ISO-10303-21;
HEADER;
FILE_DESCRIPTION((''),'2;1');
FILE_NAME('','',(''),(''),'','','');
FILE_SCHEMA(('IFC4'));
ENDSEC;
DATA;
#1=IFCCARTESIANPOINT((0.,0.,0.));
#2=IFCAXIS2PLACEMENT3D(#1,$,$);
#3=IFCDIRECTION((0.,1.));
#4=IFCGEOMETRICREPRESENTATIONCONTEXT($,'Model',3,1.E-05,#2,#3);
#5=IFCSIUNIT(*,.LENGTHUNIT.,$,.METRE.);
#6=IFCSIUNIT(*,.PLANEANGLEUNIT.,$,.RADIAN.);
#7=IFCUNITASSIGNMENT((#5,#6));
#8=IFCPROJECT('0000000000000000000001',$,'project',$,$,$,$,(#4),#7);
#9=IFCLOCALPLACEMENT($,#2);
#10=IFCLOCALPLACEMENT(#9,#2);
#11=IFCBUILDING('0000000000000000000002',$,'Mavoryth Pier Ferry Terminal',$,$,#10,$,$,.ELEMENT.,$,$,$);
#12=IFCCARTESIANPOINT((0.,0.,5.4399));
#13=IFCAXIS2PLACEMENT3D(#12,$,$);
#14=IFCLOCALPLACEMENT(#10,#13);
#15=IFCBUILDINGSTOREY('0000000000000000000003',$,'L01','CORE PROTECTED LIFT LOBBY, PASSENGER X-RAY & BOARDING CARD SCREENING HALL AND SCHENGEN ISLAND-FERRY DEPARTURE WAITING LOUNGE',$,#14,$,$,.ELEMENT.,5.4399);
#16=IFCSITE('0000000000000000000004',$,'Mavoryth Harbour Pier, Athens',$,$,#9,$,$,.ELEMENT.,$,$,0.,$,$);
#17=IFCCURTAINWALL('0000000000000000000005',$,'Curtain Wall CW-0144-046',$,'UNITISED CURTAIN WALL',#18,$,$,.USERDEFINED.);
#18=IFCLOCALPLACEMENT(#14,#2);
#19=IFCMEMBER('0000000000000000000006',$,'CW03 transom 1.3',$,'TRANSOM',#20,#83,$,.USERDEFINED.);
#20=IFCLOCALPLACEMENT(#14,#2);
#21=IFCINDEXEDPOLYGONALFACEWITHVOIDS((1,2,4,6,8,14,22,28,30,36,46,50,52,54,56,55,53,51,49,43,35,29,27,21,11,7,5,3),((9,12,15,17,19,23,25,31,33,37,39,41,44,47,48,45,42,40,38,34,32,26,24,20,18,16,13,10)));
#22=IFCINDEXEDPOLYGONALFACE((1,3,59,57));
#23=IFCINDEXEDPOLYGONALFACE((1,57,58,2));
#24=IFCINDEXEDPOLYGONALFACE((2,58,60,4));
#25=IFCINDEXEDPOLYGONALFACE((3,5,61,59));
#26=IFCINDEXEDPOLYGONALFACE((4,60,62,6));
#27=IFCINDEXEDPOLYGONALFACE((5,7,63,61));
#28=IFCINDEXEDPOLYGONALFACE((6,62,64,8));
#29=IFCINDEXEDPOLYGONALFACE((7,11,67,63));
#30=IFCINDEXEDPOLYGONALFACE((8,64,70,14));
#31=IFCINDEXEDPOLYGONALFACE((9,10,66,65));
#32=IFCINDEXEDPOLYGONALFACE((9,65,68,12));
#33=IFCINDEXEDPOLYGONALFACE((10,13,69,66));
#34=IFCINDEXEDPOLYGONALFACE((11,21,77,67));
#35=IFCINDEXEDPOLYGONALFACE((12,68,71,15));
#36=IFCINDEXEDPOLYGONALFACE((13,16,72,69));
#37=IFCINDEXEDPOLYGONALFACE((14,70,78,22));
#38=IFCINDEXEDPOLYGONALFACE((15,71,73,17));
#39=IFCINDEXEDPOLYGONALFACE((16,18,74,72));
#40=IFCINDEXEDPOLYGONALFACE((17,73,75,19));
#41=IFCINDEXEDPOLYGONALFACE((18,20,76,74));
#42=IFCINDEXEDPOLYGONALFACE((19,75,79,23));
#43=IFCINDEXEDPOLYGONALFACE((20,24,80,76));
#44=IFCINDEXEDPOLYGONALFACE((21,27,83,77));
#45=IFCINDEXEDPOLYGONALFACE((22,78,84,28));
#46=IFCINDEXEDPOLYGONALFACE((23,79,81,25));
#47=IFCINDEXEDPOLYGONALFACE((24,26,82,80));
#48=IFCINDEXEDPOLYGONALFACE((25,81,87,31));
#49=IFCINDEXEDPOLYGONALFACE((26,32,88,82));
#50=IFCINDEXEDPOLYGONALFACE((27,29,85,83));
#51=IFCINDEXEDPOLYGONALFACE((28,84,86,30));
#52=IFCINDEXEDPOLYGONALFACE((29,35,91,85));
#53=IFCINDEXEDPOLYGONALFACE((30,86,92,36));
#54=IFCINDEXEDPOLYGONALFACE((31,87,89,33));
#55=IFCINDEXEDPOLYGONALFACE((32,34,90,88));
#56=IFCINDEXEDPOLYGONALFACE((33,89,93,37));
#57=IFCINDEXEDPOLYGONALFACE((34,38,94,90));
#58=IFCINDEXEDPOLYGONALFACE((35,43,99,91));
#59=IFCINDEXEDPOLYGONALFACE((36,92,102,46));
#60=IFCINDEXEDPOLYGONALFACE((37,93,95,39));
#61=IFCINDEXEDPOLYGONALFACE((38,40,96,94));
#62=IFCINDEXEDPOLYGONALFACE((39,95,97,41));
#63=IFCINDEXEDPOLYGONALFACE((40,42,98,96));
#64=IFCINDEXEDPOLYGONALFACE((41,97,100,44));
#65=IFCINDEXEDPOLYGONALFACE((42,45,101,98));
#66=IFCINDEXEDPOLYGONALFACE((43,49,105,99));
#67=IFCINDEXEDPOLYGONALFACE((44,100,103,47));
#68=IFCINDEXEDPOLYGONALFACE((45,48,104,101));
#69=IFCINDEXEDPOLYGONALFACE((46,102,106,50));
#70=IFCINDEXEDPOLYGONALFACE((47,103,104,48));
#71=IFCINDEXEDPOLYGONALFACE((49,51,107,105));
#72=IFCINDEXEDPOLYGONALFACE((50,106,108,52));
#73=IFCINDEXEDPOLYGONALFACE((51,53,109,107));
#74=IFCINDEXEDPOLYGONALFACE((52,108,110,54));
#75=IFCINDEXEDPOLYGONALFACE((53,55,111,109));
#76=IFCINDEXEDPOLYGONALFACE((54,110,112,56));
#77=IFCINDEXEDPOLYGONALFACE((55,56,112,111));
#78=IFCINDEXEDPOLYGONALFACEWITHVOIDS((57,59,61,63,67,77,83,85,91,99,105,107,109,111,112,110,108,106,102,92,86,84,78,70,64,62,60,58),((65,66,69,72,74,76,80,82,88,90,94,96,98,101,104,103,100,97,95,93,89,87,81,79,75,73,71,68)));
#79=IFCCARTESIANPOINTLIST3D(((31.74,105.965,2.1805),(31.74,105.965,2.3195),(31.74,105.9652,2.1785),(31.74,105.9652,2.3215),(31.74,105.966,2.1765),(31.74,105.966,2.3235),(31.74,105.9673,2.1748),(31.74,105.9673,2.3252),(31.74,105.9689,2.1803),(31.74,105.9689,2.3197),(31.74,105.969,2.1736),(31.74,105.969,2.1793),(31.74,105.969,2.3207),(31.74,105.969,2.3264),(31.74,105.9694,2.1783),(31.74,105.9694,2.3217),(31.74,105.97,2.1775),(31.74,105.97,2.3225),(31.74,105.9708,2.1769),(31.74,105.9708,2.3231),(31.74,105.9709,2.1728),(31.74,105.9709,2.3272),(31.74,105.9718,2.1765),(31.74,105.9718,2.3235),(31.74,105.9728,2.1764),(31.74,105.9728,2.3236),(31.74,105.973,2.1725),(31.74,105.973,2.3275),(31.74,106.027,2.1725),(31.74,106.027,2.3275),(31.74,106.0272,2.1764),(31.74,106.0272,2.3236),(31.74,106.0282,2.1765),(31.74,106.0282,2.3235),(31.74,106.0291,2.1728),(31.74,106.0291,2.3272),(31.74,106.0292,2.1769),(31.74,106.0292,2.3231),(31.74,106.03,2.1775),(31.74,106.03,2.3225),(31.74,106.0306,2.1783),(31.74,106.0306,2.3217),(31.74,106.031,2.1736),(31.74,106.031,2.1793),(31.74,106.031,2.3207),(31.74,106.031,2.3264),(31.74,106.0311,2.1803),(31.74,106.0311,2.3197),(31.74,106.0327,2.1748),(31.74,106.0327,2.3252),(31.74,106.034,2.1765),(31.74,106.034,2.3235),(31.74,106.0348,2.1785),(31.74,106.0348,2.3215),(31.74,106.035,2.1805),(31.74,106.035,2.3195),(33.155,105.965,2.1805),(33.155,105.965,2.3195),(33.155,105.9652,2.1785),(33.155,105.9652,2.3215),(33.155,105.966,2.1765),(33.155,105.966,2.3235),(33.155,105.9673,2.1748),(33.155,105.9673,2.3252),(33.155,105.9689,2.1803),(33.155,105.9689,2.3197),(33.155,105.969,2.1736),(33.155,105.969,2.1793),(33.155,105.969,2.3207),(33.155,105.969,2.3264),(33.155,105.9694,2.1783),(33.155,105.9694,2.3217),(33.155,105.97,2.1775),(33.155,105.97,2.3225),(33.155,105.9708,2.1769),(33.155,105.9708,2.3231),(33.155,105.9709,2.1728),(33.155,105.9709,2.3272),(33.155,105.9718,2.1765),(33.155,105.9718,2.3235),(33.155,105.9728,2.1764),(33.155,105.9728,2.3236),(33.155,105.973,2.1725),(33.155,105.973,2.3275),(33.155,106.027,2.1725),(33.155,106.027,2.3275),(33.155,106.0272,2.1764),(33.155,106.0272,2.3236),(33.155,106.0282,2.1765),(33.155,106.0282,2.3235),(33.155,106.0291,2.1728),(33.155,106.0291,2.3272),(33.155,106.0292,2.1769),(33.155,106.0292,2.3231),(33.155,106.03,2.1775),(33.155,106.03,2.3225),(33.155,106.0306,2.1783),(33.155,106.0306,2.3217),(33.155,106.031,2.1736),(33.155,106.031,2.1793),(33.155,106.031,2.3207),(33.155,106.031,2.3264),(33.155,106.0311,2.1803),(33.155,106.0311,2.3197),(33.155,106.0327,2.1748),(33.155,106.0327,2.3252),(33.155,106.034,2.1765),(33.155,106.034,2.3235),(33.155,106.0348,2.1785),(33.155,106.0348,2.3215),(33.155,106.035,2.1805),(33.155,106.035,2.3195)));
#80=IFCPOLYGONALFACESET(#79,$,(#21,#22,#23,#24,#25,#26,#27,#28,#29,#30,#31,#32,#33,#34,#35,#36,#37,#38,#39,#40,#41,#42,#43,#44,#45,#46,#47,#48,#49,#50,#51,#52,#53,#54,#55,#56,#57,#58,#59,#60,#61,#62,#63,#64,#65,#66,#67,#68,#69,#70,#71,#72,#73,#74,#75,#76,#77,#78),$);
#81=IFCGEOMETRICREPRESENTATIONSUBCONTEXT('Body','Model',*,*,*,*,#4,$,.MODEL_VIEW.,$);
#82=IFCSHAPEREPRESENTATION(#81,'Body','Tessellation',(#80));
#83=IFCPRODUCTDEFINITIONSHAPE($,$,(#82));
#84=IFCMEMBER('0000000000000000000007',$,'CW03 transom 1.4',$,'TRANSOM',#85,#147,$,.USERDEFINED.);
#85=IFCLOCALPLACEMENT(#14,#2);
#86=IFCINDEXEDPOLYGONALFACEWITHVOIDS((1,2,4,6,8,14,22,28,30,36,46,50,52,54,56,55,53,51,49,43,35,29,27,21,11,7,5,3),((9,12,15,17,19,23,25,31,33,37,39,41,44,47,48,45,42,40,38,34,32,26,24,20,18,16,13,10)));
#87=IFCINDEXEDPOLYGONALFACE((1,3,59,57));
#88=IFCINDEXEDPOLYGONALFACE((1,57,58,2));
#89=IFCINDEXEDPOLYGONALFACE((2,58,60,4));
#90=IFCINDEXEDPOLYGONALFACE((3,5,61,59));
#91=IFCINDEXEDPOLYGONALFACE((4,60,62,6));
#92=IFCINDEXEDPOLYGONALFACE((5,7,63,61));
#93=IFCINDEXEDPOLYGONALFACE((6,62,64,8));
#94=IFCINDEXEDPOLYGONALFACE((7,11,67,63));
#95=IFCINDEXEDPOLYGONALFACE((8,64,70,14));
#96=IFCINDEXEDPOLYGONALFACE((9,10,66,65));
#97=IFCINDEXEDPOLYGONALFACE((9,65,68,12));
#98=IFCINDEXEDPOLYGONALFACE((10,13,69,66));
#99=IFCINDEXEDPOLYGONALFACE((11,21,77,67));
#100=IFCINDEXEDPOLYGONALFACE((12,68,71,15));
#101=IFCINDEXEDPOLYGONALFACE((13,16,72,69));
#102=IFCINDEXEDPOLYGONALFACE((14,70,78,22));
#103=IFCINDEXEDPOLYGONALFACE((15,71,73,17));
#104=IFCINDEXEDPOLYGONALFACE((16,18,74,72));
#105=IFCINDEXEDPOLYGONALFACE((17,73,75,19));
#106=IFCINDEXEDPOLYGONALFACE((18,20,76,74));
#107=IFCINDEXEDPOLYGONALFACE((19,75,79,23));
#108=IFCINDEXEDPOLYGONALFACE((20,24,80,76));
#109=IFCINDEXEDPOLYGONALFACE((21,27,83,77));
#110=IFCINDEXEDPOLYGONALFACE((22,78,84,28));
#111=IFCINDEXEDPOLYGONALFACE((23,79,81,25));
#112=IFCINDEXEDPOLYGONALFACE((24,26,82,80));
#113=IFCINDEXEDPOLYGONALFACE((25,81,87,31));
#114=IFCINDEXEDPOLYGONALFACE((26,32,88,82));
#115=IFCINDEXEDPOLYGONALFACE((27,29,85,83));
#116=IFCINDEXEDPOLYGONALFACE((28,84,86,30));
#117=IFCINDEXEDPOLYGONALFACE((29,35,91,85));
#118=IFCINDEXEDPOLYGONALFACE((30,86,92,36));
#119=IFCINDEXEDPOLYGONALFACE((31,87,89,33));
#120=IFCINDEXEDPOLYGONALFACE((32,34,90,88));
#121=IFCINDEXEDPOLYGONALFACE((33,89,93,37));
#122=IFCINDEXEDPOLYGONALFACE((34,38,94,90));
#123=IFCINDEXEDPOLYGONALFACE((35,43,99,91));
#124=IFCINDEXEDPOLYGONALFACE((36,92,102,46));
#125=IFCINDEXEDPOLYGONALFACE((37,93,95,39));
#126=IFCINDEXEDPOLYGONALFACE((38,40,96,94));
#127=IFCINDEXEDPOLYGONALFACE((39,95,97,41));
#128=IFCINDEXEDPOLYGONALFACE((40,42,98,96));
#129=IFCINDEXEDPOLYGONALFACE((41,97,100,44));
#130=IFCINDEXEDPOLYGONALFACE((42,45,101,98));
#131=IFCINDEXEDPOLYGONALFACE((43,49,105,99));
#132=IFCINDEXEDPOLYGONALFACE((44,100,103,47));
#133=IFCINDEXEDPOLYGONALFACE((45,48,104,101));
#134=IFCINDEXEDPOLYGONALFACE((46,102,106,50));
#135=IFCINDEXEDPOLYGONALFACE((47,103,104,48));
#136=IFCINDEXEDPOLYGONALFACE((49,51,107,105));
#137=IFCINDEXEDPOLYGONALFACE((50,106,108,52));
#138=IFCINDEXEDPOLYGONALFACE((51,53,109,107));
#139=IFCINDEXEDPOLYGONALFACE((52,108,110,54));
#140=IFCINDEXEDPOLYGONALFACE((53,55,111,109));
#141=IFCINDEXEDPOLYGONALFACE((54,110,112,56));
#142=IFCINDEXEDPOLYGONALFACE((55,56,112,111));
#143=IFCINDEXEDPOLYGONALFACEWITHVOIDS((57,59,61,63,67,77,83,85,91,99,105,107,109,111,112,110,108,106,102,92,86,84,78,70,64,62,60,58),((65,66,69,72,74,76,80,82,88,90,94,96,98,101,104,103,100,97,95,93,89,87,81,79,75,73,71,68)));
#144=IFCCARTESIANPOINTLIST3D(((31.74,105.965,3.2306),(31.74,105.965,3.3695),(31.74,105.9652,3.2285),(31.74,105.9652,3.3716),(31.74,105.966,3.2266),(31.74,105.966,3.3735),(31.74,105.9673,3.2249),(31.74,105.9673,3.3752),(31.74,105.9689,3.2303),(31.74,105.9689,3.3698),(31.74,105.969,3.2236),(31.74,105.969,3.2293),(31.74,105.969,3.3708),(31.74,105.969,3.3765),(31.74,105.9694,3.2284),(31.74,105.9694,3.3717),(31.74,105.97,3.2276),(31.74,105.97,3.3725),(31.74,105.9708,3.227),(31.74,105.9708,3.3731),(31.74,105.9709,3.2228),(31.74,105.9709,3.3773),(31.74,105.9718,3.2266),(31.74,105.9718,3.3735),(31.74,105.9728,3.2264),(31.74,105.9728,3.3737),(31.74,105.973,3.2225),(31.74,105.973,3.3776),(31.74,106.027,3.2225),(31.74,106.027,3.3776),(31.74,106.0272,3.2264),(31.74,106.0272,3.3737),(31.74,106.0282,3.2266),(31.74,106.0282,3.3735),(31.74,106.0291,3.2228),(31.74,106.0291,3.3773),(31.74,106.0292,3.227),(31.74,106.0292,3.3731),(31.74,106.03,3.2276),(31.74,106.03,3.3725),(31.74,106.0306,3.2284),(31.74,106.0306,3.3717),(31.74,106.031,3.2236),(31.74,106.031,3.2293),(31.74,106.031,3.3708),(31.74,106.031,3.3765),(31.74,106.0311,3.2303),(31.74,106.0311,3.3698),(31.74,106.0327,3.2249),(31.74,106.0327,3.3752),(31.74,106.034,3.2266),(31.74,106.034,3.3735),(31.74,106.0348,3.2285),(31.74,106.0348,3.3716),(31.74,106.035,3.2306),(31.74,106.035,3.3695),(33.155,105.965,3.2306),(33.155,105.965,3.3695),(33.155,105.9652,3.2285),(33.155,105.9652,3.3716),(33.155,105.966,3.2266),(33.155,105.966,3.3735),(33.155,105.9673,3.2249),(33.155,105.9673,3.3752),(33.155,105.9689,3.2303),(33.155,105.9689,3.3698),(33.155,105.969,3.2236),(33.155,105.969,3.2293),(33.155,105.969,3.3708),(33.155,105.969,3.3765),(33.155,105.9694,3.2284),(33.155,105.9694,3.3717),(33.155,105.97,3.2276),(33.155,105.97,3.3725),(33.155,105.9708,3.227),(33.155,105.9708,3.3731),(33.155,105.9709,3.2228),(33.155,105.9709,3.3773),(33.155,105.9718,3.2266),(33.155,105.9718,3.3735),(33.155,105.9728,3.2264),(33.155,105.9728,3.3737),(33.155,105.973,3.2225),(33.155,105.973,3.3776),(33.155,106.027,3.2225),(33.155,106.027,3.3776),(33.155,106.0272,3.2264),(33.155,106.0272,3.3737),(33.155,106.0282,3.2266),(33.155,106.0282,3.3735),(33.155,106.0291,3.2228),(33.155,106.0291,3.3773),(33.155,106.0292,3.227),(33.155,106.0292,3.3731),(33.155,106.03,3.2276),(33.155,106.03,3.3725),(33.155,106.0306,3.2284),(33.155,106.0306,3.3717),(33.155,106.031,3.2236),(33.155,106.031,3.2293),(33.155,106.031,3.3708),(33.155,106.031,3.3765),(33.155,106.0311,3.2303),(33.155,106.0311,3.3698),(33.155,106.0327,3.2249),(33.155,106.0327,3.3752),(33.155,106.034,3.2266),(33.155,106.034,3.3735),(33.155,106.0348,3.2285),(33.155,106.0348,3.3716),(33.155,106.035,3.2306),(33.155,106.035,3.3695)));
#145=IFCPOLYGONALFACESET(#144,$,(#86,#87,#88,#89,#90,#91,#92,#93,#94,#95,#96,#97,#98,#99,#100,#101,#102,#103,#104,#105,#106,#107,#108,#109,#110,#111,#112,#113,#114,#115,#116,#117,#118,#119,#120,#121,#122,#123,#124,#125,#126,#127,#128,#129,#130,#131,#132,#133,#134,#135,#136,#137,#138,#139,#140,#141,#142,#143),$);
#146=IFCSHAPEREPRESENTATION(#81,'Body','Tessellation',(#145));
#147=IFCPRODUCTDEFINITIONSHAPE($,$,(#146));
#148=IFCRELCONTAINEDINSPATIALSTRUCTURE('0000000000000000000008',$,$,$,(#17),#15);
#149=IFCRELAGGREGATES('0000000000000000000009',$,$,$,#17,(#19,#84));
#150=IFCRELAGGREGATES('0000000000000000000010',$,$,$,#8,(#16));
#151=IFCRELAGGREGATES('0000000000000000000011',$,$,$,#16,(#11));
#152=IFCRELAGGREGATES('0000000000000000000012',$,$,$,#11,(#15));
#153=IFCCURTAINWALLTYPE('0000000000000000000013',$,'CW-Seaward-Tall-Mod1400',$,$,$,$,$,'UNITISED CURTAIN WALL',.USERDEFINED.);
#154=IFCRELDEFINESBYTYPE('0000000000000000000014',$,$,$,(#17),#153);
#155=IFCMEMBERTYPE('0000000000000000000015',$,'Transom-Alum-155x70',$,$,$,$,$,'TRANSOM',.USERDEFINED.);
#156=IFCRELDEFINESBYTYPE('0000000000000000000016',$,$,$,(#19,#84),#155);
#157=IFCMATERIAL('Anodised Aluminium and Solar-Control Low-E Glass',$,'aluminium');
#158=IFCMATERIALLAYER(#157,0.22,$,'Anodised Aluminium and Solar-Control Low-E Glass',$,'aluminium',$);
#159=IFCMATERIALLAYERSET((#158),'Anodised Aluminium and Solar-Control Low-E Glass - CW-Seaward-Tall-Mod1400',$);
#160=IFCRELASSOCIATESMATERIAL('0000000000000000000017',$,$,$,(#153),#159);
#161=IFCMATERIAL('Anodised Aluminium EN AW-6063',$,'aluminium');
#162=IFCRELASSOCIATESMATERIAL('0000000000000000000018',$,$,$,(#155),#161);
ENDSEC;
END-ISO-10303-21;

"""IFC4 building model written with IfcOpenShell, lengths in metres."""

from ifc_helpers import new_model, si_unit, direction, frame, origin, origin_2d, place, context, subcontext, project, spatial, hollow_rectangle, extrude, material, layer, layer_set, material_profile, profile_set, type_object, element, aggregate, save


model = new_model("IFC4")

# Units and contexts
model_context = context("Model", 3, precision=1e-05, world=origin(), true_north=direction((0.0, 1.0)))
body_context = subcontext(model_context, "Body", "Model", "MODEL_VIEW")
ifc_project = project(units=[si_unit("LENGTHUNIT", "METRE"), si_unit("PLANEANGLEUNIT", "RADIAN")], contexts=[model_context])

# Site, building, storey
site_placement = place(None, origin())
site = spatial("IfcSite", under=ifc_project, at=site_placement, Name="Mavoryth Harbour Pier, Athens", CompositionType="ELEMENT", RefElevation=0.0)
building_placement = place(site_placement, origin())
building = spatial("IfcBuilding", under=site, at=building_placement, Name="Mavoryth Pier Ferry Terminal", CompositionType="ELEMENT")
storey_placement = place(building_placement, frame((0.0, 0.0, 5.4399)))
storey = spatial("IfcBuildingStorey", under=building, at=storey_placement, Name="L01", Description="CORE PROTECTED LIFT LOBBY, PASSENGER X-RAY & BOARDING CARD SCREENING HALL AND SCHENGEN ISLAND-FERRY DEPARTURE WAITING LOUNGE", CompositionType="ELEMENT", Elevation=5.4399)

# Curtain wall
ifc_material_1 = material(Name="Anodised Aluminium and Solar-Control Low-E Glass", Category="aluminium")
ifc_material_2 = material(Name="Anodised Aluminium EN AW-6063", Category="aluminium")
ifc_layer_1 = layer(ifc_material_1, 0.22, Name="Anodised Aluminium and Solar-Control Low-E Glass", Category="aluminium")
ifc_layer_set_1 = layer_set([ifc_layer_1], Name="Anodised Aluminium and Solar-Control Low-E Glass - CW-Seaward-Tall-Mod1400")
curtain_wall_type_1 = type_object("IfcCurtainWallType", Name="CW-Seaward-Tall-Mod1400", ElementType="UNITISED CURTAIN WALL", PredefinedType="USERDEFINED", material=ifc_layer_set_1)
curtain_wall_1_placement = place(storey_placement, origin())
curtain_wall_1 = element("IfcCurtainWall", 1, at=curtain_wall_1_placement, inside=storey, type_object=curtain_wall_type_1, Name="Curtain Wall CW-0144-046", ObjectType="UNITISED CURTAIN WALL", PredefinedType="USERDEFINED")

# Members
ifc_material_profile_1 = material_profile(ifc_material_2, hollow_rectangle(XDim=0.0701, YDim=0.155, WallThickness=0.0039, InnerFilletRadius=0.0039, OuterFilletRadius=0.0081, at=origin_2d()), Name="AL-TRAN 155x70x4", Category="aluminium")
ifc_profile_set_1 = profile_set([ifc_material_profile_1], Name="Anodised Aluminium EN AW-6063 - AL-TRAN 155x70x4")
member_type_1 = type_object("IfcMemberType", Name="Transom-Alum-155x70", ElementType="TRANSOM", PredefinedType="USERDEFINED", material=ifc_profile_set_1)
member_1_placement = place(storey_placement, frame((33.155, 106.0, 2.25), z_axis=(-1.0, 0.0, 0.0), x_axis=(0.0, -1.0, 0.0)))
member_1 = element("IfcMember", 2, at=member_1_placement, type_object=member_type_1, Name="CW03 transom 1.3", ObjectType="TRANSOM", PredefinedType="USERDEFINED", context=body_context, shape_type="SweptSolid", body=[
    extrude(hollow_rectangle(XDim=0.0701, YDim=0.155, WallThickness=0.0039, InnerFilletRadius=0.0039, OuterFilletRadius=0.0081, at=origin_2d()), origin(), (0.0, 0.0, 1.0), 1.415),
])
member_2_placement = place(storey_placement, frame((33.155, 106.0, 3.3), z_axis=(-1.0, 0.0, 0.0), x_axis=(0.0, -1.0, 0.0)))
member_2 = element("IfcMember", 3, at=member_2_placement, type_object=member_type_1, Name="CW03 transom 1.4", ObjectType="TRANSOM", PredefinedType="USERDEFINED", context=body_context, shape_type="SweptSolid", body=[
    extrude(hollow_rectangle(XDim=0.0701, YDim=0.155, WallThickness=0.0039, InnerFilletRadius=0.0039, OuterFilletRadius=0.0081, at=origin_2d()), origin(), (0.0, 0.0, 1.0), 1.415),
])

aggregate(curtain_wall_1, [member_1, member_2])

save(model, "model.ifc")
